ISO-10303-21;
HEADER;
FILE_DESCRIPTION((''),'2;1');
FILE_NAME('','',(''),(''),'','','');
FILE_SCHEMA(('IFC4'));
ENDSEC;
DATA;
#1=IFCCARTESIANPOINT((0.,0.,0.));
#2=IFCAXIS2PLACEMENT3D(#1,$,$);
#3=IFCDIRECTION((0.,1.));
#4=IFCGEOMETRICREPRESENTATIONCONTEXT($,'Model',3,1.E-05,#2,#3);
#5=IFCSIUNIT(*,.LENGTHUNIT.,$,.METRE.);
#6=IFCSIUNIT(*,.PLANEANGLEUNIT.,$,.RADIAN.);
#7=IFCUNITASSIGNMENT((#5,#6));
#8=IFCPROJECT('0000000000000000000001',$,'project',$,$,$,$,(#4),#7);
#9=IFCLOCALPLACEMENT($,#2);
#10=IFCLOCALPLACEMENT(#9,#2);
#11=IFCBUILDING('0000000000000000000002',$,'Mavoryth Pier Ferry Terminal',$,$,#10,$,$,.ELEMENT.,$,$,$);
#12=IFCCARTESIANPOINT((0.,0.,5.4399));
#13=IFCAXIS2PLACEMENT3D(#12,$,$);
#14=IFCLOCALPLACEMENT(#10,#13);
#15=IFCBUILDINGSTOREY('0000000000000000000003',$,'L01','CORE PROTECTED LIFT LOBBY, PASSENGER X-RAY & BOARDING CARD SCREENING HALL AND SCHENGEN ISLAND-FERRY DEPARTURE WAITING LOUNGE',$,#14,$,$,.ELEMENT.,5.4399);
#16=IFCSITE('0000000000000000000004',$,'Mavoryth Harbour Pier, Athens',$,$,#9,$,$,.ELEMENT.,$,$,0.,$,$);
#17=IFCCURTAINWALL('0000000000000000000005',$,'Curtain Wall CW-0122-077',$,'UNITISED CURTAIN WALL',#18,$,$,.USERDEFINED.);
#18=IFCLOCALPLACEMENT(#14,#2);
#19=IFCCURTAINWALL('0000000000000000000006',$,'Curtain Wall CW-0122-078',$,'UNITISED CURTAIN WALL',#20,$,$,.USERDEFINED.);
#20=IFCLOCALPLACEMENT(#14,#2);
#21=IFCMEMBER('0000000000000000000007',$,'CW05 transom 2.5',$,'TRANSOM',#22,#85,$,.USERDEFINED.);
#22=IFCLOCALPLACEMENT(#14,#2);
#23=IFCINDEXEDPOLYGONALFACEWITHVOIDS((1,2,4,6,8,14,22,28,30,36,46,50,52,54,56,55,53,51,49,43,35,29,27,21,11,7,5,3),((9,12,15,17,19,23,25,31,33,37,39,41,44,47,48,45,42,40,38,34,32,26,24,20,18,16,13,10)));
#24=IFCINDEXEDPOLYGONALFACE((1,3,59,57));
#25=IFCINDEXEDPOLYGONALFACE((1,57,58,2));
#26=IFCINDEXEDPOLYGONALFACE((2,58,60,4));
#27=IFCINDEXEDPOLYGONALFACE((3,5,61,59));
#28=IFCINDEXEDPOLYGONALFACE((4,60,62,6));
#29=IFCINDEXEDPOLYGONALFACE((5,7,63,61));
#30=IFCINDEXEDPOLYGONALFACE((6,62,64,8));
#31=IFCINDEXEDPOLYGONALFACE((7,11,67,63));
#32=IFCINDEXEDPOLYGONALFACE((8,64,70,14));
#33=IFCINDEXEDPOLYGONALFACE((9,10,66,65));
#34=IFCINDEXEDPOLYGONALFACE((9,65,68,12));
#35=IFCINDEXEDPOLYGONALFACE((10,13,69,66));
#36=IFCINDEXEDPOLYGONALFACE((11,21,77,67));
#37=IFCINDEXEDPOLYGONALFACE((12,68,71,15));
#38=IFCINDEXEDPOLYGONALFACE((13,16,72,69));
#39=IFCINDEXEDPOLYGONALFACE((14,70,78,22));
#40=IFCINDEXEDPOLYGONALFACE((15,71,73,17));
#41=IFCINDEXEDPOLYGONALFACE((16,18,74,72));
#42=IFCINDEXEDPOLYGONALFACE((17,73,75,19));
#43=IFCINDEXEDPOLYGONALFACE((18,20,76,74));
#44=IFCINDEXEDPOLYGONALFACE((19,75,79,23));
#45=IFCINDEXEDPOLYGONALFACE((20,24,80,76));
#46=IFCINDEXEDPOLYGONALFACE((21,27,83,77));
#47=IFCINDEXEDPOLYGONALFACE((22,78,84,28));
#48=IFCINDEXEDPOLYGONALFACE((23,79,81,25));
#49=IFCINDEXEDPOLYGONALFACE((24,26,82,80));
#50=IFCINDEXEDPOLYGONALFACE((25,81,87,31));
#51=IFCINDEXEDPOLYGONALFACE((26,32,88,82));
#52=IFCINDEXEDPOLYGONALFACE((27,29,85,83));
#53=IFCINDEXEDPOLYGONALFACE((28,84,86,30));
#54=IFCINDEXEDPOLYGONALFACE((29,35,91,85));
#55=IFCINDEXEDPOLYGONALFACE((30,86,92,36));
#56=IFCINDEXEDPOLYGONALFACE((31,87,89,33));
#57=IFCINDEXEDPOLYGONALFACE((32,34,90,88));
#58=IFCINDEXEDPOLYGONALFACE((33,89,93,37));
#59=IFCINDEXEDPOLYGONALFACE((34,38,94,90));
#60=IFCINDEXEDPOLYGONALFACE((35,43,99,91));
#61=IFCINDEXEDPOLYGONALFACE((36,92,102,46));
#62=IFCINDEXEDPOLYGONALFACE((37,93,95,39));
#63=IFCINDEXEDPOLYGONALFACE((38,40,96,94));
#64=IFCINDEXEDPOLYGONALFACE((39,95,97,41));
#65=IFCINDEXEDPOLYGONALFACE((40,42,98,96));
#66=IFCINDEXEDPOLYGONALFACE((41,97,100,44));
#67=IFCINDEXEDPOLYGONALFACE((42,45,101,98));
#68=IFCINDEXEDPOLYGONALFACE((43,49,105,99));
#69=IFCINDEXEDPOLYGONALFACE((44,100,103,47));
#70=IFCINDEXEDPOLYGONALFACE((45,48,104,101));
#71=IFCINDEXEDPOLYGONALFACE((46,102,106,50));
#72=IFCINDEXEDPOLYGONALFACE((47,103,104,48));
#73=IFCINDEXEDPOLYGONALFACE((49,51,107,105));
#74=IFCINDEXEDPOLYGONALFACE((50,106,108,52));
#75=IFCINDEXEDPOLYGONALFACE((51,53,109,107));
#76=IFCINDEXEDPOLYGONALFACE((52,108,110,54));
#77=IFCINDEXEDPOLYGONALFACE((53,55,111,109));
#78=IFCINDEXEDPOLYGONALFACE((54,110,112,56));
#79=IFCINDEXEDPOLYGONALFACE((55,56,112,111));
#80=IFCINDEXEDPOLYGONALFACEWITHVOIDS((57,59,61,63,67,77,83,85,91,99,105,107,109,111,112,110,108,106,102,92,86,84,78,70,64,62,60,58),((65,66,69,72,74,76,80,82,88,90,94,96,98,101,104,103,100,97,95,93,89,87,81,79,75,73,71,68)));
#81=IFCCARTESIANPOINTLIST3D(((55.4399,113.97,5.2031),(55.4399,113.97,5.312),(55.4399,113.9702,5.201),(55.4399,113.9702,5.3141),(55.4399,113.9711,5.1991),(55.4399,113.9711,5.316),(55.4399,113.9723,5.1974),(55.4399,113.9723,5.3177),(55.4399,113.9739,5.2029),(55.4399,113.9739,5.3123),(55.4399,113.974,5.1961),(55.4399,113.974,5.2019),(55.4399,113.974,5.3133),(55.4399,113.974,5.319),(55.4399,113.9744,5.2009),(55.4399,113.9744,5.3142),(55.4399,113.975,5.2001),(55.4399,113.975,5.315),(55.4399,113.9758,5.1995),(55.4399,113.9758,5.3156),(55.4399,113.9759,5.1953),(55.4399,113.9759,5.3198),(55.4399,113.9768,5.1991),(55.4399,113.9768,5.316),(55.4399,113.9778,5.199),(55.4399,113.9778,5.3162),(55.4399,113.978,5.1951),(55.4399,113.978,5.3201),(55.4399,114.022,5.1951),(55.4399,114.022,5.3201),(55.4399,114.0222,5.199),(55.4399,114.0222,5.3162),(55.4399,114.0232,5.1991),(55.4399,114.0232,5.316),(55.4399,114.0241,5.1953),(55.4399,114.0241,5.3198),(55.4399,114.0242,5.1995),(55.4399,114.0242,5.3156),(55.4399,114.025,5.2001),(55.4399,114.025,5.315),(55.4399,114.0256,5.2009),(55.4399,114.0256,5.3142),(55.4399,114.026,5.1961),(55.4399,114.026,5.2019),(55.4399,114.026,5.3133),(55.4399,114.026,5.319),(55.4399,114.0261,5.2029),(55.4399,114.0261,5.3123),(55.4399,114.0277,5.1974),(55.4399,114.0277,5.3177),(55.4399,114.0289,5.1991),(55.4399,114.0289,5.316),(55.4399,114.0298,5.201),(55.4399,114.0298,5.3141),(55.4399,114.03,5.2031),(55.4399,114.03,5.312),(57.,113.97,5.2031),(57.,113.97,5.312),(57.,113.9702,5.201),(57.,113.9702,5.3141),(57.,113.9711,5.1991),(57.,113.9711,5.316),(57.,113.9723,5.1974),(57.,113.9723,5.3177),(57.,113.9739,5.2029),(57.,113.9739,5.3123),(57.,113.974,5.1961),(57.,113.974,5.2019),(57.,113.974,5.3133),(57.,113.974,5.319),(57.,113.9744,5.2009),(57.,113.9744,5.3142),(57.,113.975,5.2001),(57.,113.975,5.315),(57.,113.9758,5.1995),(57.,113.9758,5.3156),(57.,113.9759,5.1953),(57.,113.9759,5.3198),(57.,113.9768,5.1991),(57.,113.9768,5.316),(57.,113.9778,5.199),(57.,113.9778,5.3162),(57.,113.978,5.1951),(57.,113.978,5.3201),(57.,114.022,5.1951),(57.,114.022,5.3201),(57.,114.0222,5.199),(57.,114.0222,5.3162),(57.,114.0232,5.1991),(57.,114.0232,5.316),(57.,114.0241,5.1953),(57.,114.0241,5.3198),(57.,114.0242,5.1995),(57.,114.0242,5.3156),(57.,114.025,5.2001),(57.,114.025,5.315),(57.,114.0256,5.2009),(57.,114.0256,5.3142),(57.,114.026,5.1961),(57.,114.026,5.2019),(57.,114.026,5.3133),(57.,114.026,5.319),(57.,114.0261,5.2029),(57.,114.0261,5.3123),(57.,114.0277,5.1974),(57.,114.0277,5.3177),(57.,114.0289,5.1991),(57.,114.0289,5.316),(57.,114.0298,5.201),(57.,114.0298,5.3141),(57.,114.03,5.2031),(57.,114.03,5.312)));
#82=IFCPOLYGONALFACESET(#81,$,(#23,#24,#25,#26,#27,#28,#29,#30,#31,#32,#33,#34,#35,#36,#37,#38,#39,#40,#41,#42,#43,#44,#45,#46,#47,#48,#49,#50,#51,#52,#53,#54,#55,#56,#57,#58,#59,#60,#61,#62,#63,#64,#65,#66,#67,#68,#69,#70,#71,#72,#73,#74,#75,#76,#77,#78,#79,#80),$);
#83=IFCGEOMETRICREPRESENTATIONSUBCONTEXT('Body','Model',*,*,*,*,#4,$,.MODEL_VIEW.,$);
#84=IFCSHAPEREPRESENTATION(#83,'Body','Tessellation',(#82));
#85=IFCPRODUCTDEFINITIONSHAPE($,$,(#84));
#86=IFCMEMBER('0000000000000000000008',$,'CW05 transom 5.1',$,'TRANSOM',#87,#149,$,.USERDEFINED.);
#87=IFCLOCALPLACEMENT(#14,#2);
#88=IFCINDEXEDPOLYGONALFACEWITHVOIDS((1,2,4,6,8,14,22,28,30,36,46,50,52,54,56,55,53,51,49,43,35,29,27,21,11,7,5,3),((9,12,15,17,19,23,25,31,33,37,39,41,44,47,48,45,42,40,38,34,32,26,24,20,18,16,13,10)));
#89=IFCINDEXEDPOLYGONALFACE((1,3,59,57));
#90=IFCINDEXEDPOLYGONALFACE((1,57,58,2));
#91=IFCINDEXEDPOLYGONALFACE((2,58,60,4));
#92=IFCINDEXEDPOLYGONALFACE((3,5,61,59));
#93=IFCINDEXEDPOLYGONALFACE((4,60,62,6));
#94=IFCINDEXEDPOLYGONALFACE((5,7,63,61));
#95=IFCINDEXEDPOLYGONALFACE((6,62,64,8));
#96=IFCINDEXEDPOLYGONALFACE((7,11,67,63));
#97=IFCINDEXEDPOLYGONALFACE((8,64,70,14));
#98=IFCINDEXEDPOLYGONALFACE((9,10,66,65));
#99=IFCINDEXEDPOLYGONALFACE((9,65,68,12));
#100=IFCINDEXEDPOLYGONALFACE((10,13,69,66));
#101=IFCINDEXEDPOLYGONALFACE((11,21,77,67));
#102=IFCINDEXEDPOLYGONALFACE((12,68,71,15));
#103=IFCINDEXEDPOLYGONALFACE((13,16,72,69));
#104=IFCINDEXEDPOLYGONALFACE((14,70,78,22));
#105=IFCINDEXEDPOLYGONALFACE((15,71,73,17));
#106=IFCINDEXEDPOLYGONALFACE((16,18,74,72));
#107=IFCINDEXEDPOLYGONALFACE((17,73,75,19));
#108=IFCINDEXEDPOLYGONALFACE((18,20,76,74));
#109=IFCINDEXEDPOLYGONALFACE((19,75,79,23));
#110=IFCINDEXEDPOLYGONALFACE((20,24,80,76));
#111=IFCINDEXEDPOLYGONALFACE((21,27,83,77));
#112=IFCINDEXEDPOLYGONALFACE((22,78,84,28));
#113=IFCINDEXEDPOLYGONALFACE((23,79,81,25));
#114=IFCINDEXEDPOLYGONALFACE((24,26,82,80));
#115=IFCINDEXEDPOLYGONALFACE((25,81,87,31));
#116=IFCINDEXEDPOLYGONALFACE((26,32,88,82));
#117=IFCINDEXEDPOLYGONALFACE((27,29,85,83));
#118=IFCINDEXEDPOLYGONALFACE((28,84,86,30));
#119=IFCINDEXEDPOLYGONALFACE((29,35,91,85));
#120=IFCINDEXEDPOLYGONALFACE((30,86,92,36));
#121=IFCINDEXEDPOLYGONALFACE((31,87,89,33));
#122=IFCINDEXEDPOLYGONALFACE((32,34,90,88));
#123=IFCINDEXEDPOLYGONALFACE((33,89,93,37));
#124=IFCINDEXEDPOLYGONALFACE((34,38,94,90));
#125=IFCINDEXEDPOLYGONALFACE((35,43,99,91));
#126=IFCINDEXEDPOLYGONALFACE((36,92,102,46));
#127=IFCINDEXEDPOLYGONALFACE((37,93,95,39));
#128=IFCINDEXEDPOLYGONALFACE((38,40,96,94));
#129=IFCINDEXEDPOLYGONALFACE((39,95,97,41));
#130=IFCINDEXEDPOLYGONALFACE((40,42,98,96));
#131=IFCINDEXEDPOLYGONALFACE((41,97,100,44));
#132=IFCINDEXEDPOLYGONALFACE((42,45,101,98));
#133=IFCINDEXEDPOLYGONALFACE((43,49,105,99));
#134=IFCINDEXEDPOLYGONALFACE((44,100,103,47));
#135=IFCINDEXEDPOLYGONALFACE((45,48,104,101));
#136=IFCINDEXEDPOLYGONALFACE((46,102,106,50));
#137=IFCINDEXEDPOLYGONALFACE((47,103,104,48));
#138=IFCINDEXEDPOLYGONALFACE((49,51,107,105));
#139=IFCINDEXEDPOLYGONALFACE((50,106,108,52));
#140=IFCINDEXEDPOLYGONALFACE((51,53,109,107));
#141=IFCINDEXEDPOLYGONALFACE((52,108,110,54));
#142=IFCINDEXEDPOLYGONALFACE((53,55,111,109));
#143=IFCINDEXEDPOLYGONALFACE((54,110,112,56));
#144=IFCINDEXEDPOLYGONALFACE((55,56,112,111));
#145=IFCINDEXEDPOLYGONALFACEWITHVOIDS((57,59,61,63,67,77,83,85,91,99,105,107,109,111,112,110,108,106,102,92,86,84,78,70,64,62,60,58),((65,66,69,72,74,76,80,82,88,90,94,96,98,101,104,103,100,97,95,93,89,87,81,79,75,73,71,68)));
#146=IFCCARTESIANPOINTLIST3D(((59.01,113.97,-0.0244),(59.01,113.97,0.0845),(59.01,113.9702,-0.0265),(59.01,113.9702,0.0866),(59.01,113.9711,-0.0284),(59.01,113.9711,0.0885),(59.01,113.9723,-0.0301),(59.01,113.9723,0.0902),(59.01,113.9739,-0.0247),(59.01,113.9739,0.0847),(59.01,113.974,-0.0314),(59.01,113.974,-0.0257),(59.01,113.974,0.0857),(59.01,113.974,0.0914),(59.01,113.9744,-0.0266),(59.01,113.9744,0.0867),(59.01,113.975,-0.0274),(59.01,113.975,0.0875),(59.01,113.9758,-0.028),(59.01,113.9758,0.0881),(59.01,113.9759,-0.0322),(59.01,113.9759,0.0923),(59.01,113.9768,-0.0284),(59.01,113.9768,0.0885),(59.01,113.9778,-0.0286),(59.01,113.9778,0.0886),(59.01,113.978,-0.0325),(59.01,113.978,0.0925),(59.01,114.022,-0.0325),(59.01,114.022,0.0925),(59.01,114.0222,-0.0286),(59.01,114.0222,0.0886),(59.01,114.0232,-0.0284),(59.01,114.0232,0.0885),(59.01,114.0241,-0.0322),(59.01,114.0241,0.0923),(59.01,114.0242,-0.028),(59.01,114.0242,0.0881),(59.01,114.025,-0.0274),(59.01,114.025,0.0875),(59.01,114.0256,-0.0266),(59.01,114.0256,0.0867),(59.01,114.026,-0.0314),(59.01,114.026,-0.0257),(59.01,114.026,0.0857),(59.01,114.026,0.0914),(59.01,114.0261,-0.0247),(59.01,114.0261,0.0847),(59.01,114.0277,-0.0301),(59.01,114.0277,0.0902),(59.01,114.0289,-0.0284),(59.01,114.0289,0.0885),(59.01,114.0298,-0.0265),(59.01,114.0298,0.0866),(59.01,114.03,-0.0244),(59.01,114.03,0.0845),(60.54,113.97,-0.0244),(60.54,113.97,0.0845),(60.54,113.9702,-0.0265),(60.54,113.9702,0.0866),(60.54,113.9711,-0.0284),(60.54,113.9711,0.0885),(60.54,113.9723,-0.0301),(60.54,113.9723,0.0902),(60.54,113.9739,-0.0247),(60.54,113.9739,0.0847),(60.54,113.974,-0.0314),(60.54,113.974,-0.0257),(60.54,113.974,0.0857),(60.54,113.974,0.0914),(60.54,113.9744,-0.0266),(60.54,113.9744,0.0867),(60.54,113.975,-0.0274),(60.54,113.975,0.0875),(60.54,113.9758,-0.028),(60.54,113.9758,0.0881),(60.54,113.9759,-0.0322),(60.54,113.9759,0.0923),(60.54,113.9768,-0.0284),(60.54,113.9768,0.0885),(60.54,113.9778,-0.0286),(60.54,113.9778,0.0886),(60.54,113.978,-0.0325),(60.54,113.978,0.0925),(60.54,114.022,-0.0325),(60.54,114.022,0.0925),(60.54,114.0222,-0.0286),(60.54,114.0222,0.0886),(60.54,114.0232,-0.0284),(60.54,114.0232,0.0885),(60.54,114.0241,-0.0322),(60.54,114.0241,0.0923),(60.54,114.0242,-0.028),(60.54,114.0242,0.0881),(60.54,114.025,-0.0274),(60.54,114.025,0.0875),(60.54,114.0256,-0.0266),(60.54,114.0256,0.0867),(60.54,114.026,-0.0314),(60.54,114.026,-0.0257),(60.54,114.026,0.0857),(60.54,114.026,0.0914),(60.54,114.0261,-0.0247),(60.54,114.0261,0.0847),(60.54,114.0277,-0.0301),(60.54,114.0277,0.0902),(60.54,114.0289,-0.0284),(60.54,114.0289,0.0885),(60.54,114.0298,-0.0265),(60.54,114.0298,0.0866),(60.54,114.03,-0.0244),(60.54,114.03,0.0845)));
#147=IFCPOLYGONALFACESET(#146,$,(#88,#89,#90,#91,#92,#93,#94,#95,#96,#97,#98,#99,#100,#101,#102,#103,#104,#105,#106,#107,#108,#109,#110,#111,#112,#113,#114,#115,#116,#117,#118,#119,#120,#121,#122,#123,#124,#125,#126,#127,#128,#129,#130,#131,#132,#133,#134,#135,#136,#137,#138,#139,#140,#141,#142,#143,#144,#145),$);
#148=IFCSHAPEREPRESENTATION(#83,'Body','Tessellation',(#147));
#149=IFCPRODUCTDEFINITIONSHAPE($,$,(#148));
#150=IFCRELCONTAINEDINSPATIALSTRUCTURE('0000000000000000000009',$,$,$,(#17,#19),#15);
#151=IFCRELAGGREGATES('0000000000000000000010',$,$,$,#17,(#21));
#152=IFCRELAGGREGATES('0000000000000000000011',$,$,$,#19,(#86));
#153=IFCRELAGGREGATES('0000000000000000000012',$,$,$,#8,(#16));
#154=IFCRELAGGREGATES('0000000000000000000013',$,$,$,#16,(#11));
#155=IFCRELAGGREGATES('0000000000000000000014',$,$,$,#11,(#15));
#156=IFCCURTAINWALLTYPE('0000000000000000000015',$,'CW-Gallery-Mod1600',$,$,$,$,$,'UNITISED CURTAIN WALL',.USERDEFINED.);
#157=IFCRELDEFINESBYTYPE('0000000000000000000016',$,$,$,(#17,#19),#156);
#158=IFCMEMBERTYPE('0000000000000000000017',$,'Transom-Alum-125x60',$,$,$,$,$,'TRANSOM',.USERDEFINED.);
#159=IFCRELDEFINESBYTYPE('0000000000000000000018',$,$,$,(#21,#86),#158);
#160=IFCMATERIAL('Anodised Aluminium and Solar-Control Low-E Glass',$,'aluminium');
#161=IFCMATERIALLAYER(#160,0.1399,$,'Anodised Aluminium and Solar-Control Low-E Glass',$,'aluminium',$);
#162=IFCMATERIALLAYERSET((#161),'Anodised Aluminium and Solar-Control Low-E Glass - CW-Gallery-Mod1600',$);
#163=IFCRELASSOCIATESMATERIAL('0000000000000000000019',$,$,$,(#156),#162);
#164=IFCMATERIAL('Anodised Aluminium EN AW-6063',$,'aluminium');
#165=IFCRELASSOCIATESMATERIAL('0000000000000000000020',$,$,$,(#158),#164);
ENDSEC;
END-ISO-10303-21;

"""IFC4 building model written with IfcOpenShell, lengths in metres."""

from ifc_helpers import new_model, si_unit, direction, frame, origin, origin_2d, place, context, subcontext, project, spatial, hollow_rectangle, extrude, material, layer, layer_set, material_profile, profile_set, type_object, element, aggregate, save


model = new_model("IFC4")

# Units and contexts
model_context = context("Model", 3, precision=1e-05, world=origin(), true_north=direction((0.0, 1.0)))
body_context = subcontext(model_context, "Body", "Model", "MODEL_VIEW")
ifc_project = project(units=[si_unit("LENGTHUNIT", "METRE"), si_unit("PLANEANGLEUNIT", "RADIAN")], contexts=[model_context])

# Site, building, storey
site_placement = place(None, origin())
site = spatial("IfcSite", under=ifc_project, at=site_placement, Name="Mavoryth Harbour Pier, Athens", CompositionType="ELEMENT", RefElevation=0.0)
building_placement = place(site_placement, origin())
building = spatial("IfcBuilding", under=site, at=building_placement, Name="Mavoryth Pier Ferry Terminal", CompositionType="ELEMENT")
storey_placement = place(building_placement, frame((0.0, 0.0, 5.4399)))
storey = spatial("IfcBuildingStorey", under=building, at=storey_placement, Name="L01", Description="CORE PROTECTED LIFT LOBBY, PASSENGER X-RAY & BOARDING CARD SCREENING HALL AND SCHENGEN ISLAND-FERRY DEPARTURE WAITING LOUNGE", CompositionType="ELEMENT", Elevation=5.4399)

# Curtain walls
ifc_material_1 = material(Name="Anodised Aluminium and Solar-Control Low-E Glass", Category="aluminium")
ifc_layer_1 = layer(ifc_material_1, 0.1399, Name="Anodised Aluminium and Solar-Control Low-E Glass", Category="aluminium")
ifc_layer_set_1 = layer_set([ifc_layer_1], Name="Anodised Aluminium and Solar-Control Low-E Glass - CW-Gallery-Mod1600")
curtain_wall_type = type_object("IfcCurtainWallType", Name="CW-Gallery-Mod1600", ElementType="UNITISED CURTAIN WALL", PredefinedType="USERDEFINED", material=ifc_layer_set_1)
curtain_wall_1_placement = place(storey_placement, origin())
curtain_wall_1 = element("IfcCurtainWall", 1, at=curtain_wall_1_placement, inside=storey, type_object=curtain_wall_type, Name="Curtain Wall CW-0122-077", ObjectType="UNITISED CURTAIN WALL", PredefinedType="USERDEFINED")
ifc_material_2 = material(Name="Anodised Aluminium EN AW-6063", Category="aluminium")
curtain_wall_2_placement = place(storey_placement, origin())
curtain_wall_2 = element("IfcCurtainWall", 2, at=curtain_wall_2_placement, inside=storey, type_object=curtain_wall_type, Name="Curtain Wall CW-0122-078", ObjectType="UNITISED CURTAIN WALL", PredefinedType="USERDEFINED")

# Members
ifc_material_profile_1 = material_profile(ifc_material_2, hollow_rectangle(XDim=0.0601, YDim=0.125, WallThickness=0.0039, InnerFilletRadius=0.0039, OuterFilletRadius=0.0081, at=origin_2d()), Name="AL-TRAN 125x60x4", Category="aluminium")
ifc_profile_set_1 = profile_set([ifc_material_profile_1], Name="Anodised Aluminium EN AW-6063 - AL-TRAN 125x60x4")
member_type_1 = type_object("IfcMemberType", Name="Transom-Alum-125x60", ElementType="TRANSOM", PredefinedType="USERDEFINED", material=ifc_profile_set_1)
member_1_placement = place(storey_placement, frame((57.0, 114.0, 5.2576), z_axis=(-1.0, 0.0, 0.0), x_axis=(0.0, -1.0, 0.0)))
member_1 = element("IfcMember", 3, at=member_1_placement, type_object=member_type_1, Name="CW05 transom 2.5", ObjectType="TRANSOM", PredefinedType="USERDEFINED", context=body_context, shape_type="SweptSolid", body=[
    extrude(hollow_rectangle(XDim=0.0601, YDim=0.125, WallThickness=0.0039, InnerFilletRadius=0.0039, OuterFilletRadius=0.0081, at=origin_2d()), origin(), (0.0, 0.0, 1.0), 1.5601),
])
member_2_placement = place(storey_placement, frame((60.54, 114.0, 0.03), z_axis=(-1.0, 0.0, 0.0), x_axis=(0.0, -1.0, 0.0)))
member_2 = element("IfcMember", 4, at=member_2_placement, type_object=member_type_1, Name="CW05 transom 5.1", ObjectType="TRANSOM", PredefinedType="USERDEFINED", context=body_context, shape_type="SweptSolid", body=[
    extrude(hollow_rectangle(XDim=0.0601, YDim=0.125, WallThickness=0.0039, InnerFilletRadius=0.0039, OuterFilletRadius=0.0081, at=origin_2d()), origin(), (0.0, 0.0, 1.0), 1.53),
])

aggregate(curtain_wall_1, [member_1])
aggregate(curtain_wall_2, [member_2])

save(model, "model.ifc")
